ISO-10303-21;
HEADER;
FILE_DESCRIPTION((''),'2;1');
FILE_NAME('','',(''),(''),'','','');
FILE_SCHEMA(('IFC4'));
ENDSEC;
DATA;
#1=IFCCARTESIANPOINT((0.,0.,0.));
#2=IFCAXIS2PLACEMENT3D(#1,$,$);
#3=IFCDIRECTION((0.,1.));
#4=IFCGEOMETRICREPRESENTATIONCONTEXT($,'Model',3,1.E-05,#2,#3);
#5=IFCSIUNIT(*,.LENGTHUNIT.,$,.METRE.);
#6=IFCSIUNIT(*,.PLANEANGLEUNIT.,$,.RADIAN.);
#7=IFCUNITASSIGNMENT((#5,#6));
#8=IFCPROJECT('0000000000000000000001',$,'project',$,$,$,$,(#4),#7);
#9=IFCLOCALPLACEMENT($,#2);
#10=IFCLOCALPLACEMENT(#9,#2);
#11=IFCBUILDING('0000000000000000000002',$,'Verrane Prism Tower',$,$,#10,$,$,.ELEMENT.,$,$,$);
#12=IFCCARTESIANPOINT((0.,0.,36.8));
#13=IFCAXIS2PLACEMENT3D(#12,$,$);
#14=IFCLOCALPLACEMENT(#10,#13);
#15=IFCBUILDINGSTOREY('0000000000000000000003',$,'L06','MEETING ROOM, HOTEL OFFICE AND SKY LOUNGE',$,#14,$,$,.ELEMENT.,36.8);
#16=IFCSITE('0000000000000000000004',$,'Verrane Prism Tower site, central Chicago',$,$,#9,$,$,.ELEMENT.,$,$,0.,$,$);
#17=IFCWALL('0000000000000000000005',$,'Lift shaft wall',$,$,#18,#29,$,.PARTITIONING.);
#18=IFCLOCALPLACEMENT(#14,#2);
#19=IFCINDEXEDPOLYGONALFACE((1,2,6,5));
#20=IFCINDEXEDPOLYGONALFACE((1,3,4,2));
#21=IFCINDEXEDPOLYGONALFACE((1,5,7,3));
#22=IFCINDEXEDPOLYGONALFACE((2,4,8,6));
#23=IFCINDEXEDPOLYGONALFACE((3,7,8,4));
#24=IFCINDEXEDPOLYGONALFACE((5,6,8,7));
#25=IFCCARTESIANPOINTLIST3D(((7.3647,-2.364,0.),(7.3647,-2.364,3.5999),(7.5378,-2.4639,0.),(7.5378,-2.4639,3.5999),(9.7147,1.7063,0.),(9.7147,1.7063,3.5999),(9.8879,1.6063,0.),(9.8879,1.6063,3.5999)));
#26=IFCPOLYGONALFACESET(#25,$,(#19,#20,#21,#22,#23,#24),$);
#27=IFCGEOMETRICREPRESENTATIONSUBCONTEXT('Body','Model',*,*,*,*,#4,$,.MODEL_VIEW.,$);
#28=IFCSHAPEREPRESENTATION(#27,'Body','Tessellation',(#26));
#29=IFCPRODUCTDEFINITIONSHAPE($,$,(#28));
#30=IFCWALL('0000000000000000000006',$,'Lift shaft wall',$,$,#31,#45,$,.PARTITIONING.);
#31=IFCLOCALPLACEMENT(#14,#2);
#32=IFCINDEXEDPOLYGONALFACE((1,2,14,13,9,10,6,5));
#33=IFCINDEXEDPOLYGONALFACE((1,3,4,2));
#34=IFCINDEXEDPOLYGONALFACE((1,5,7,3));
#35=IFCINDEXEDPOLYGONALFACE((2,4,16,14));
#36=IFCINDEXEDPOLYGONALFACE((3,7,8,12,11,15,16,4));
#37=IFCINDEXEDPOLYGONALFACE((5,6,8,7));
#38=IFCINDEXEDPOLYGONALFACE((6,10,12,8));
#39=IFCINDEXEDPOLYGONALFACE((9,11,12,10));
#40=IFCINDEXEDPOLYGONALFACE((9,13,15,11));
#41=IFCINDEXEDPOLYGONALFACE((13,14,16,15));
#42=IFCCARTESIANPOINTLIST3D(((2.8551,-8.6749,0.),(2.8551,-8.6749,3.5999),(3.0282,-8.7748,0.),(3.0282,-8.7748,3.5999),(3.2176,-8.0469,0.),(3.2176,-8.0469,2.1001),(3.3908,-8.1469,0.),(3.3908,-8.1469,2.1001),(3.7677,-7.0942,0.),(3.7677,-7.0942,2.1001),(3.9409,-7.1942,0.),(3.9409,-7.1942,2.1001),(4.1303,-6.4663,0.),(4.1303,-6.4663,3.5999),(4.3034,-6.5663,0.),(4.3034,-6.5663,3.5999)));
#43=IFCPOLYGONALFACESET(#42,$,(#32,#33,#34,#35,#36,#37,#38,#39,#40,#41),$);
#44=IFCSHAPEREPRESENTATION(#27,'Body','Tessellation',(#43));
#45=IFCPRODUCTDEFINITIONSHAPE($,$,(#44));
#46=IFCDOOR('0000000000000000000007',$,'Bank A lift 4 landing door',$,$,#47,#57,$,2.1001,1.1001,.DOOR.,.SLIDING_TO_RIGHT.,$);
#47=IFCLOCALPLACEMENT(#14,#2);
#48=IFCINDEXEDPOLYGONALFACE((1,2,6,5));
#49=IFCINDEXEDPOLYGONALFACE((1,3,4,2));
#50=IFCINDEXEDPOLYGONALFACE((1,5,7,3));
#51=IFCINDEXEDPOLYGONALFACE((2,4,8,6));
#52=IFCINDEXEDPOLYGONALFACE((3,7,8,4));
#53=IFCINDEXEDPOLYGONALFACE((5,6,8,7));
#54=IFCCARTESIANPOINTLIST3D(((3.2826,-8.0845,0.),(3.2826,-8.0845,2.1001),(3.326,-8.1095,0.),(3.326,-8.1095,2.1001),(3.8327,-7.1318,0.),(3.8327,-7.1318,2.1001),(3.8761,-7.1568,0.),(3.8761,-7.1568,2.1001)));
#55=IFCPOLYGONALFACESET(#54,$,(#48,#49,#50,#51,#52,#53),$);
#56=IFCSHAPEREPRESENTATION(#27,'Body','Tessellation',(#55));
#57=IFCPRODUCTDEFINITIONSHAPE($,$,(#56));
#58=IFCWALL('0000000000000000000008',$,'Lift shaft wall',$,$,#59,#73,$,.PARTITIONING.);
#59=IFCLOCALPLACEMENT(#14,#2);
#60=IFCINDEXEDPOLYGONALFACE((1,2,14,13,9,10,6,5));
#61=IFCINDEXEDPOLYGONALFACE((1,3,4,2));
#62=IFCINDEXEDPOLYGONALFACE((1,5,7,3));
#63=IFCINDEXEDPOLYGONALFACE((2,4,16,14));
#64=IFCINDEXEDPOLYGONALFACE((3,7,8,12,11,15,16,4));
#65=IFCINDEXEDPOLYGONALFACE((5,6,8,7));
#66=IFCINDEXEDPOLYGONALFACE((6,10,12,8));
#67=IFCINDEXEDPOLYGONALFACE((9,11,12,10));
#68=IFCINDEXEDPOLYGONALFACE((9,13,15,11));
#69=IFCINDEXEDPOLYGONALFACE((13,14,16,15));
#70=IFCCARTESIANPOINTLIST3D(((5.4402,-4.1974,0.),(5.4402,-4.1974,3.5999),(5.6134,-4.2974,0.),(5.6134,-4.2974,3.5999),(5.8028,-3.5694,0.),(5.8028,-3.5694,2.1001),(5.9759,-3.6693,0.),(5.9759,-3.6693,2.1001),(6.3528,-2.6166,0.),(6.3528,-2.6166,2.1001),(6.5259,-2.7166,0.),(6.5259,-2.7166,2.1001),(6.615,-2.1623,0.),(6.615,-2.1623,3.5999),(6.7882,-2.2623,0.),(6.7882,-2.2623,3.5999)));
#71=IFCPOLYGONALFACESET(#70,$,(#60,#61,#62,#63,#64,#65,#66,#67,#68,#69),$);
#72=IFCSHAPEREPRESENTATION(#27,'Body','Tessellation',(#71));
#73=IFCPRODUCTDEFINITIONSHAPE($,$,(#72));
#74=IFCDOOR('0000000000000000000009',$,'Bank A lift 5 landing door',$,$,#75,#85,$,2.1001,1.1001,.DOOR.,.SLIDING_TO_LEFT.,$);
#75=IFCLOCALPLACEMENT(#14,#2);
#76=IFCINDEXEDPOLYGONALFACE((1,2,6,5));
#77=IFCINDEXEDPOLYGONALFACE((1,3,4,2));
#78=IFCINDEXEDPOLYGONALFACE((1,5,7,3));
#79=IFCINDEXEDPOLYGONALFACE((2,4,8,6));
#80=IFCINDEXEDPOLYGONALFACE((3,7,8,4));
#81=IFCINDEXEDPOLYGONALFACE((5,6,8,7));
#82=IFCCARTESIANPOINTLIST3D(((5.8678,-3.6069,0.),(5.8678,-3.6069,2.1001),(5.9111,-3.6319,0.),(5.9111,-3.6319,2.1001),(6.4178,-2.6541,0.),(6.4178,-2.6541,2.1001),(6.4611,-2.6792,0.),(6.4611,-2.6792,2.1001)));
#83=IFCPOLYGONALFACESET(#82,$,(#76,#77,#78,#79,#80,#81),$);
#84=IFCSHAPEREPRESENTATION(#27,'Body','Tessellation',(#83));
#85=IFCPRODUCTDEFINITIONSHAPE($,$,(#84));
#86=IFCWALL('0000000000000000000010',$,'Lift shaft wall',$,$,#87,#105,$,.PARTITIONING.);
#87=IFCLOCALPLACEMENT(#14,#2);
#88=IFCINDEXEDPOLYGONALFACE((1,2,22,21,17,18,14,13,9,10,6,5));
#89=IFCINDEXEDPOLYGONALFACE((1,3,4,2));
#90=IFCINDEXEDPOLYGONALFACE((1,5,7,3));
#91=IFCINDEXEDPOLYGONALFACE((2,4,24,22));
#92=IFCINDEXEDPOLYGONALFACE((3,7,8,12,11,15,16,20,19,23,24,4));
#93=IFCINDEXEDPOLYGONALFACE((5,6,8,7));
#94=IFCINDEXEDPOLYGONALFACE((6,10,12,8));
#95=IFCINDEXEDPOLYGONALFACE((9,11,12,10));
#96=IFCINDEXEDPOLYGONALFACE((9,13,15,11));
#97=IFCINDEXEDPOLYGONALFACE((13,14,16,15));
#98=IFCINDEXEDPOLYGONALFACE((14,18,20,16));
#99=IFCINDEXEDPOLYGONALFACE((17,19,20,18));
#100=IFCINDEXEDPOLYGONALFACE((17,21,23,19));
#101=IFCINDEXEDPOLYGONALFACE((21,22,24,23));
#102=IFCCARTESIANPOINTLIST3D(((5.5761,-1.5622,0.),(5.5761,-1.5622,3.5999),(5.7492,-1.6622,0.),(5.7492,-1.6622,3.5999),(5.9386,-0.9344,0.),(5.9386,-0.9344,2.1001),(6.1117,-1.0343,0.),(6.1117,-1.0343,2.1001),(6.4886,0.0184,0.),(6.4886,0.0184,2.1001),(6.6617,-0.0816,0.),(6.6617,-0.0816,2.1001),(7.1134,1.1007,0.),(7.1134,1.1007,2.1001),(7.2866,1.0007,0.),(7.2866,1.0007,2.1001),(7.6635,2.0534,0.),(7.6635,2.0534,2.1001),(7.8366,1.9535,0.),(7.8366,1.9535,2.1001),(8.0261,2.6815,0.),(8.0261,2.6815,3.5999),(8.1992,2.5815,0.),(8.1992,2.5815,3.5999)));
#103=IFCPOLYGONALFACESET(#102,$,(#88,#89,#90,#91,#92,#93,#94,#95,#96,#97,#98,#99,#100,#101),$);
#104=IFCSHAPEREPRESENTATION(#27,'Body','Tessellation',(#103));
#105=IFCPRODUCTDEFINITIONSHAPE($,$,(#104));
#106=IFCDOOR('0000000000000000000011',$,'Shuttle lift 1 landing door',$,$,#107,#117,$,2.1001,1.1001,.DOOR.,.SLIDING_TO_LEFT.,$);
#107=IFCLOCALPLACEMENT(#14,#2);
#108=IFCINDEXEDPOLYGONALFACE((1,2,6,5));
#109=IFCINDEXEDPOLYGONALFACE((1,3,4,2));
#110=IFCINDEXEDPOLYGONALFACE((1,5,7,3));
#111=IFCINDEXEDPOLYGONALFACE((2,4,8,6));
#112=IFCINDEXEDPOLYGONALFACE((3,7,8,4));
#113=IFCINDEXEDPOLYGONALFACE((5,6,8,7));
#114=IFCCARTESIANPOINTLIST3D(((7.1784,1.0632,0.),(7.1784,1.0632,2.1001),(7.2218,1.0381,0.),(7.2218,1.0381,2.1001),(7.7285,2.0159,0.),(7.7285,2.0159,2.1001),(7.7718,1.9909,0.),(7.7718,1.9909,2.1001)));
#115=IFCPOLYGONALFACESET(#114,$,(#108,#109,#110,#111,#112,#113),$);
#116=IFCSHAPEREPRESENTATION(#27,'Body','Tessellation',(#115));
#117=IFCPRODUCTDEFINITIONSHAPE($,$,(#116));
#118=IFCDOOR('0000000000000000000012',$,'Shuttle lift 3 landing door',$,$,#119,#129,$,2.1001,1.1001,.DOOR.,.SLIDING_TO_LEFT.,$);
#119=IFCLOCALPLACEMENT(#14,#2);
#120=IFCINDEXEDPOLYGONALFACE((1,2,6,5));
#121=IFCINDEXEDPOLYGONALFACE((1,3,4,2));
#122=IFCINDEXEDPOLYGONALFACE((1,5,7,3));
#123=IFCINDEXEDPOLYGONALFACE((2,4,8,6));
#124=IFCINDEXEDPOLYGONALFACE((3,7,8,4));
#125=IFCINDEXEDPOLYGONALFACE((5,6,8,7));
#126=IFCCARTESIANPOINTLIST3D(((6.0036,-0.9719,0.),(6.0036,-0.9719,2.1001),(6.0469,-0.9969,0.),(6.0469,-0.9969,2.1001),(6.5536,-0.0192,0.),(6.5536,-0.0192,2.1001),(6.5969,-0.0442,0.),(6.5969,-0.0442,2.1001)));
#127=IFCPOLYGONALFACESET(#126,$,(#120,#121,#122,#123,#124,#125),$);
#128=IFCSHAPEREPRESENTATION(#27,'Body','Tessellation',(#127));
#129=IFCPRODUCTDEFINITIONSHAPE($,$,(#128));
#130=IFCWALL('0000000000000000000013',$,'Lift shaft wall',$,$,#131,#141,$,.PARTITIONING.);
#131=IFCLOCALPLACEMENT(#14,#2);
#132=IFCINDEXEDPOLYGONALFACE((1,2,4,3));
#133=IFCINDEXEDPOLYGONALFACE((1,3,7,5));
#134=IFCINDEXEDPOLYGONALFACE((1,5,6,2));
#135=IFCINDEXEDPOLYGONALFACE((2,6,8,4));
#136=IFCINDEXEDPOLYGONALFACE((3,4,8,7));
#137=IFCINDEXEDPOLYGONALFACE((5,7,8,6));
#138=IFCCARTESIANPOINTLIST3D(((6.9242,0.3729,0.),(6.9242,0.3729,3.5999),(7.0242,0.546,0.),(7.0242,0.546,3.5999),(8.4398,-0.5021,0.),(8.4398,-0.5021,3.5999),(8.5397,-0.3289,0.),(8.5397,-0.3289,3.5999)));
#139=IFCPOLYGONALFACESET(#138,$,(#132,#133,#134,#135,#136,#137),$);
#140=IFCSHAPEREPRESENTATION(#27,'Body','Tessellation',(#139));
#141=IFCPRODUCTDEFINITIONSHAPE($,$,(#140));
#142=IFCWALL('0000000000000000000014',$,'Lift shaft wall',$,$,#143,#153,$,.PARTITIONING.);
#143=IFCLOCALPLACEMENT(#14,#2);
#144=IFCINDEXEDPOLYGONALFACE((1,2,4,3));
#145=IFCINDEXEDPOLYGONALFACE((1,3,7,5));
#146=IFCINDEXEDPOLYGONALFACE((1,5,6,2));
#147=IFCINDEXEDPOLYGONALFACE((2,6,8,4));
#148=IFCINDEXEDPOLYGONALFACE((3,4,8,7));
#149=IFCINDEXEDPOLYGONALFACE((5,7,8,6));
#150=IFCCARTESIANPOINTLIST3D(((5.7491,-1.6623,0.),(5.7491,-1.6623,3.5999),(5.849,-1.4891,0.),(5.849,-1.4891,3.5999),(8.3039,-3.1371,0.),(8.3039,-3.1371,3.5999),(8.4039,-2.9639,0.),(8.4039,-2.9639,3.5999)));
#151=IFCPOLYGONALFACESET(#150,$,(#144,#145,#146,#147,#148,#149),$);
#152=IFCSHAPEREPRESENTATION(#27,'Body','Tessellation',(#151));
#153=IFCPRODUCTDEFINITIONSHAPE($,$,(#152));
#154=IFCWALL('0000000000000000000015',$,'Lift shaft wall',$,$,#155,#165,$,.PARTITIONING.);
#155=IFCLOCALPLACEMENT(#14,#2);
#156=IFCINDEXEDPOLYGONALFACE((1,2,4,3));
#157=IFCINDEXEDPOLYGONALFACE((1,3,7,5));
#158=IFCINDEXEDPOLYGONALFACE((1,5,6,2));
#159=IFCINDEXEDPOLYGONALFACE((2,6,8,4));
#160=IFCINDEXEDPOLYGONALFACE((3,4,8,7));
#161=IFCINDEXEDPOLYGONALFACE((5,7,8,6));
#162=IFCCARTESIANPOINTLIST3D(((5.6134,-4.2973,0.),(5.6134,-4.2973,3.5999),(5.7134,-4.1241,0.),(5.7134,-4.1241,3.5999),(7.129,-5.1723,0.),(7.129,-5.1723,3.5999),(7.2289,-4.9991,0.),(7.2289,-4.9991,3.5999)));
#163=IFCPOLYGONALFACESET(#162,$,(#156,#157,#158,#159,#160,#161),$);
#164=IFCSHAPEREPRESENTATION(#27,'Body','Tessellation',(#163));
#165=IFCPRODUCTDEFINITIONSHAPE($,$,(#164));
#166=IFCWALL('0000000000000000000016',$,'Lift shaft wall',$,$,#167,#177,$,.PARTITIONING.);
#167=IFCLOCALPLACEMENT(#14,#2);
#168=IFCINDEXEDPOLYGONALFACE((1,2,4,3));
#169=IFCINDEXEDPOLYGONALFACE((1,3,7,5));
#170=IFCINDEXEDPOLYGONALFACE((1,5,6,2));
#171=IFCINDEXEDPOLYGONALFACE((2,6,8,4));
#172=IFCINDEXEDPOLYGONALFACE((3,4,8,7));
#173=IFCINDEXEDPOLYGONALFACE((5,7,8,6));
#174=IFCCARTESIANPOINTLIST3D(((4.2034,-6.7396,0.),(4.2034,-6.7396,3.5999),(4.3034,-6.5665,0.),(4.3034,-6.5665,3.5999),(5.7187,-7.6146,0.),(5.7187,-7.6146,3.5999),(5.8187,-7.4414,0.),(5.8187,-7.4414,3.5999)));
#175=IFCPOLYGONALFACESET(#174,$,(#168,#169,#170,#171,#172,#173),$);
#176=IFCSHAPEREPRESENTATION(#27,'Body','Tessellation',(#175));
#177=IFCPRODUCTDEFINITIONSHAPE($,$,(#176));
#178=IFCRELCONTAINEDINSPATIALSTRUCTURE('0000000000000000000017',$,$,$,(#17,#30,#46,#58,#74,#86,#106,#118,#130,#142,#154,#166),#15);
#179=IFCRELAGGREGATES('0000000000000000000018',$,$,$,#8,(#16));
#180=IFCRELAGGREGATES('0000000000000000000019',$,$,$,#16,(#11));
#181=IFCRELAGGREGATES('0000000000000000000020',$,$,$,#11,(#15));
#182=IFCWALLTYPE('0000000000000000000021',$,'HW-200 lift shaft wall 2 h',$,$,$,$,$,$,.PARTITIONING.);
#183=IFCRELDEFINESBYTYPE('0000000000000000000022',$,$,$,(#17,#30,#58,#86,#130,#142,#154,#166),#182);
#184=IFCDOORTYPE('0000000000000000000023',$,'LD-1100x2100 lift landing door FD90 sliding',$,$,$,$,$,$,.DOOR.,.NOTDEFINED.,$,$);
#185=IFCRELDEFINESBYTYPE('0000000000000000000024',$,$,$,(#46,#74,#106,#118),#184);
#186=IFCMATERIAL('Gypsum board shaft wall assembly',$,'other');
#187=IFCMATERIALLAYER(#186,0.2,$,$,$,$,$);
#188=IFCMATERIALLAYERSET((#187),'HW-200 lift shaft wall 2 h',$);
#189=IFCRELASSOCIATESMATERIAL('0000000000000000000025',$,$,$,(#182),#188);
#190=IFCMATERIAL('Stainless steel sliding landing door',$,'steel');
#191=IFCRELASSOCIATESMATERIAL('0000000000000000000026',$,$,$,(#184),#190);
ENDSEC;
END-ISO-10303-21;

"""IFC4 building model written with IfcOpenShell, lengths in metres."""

from ifc_helpers import new_model, si_unit, direction, frame, frame_2d, origin, place, context, subcontext, project, spatial, rectangle, extrude, material, layer, layer_set, type_object, element, fill, save


model = new_model("IFC4")

# Units and contexts
model_context = context("Model", 3, precision=1e-05, world=origin(), true_north=direction((0.0, 1.0)))
body_context = subcontext(model_context, "Body", "Model", "MODEL_VIEW")
ifc_project = project(units=[si_unit("LENGTHUNIT", "METRE"), si_unit("PLANEANGLEUNIT", "RADIAN")], contexts=[model_context])

# Site, building, storey
site_placement = place(None, origin())
site = spatial("IfcSite", under=ifc_project, at=site_placement, Name="Verrane Prism Tower site, central Chicago", CompositionType="ELEMENT", RefElevation=0.0)
building_placement = place(site_placement, origin())
building = spatial("IfcBuilding", under=site, at=building_placement, Name="Verrane Prism Tower", CompositionType="ELEMENT")
storey_placement = place(building_placement, frame((0.0, 0.0, 36.8)))
storey = spatial("IfcBuildingStorey", under=building, at=storey_placement, Name="L06", Description="MEETING ROOM, HOTEL OFFICE AND SKY LOUNGE", CompositionType="ELEMENT", Elevation=36.8)

# Wall
ifc_material_1 = material(Name="Gypsum board shaft wall assembly", Category="other")
ifc_layer_1 = layer(ifc_material_1, 0.2)
ifc_layer_set_1 = layer_set([ifc_layer_1], Name="HW-200 lift shaft wall 2 h")
wall_type_1 = type_object("IfcWallType", Name="HW-200 lift shaft wall 2 h", PredefinedType="PARTITIONING", material=ifc_layer_set_1)
wall_1_placement = place(storey_placement, frame((7.4512, -2.4141, 0.0), z_axis=(0.0, 0.0, 1.0), x_axis=(0.500016, 0.866016, 0.0)))
element("IfcWall", 1, at=wall_1_placement, inside=storey, type_object=wall_type_1, Name="Lift shaft wall", PredefinedType="PARTITIONING", context=body_context, shape_type="SweptSolid", body=[
    extrude(rectangle(XDim=4.7, YDim=0.2, at=frame_2d((2.3501, 0.0))), origin(), (0.0, 0.0, 1.0), 3.5999),
])

# Walls, openings, doors
wall_2_placement = place(storey_placement, frame((2.9417, -8.7249, 0.0), z_axis=(0.0, 0.0, 1.0), x_axis=(0.500021, 0.866013, 0.0)))
wall_2 = element("IfcWall", 2, at=wall_2_placement, inside=storey, type_object=wall_type_1, Name="Lift shaft wall", PredefinedType="PARTITIONING", context=body_context, shape_type="SweptSolid", body=[
    extrude(rectangle(XDim=2.5503, YDim=0.2, at=frame_2d((1.2751, 0.0))), origin(), (0.0, 0.0, 1.0), 3.5999),
])
opening_1_placement = place(wall_2_placement, frame((0.7251, 0.0, 0.0)))
opening_1 = element("IfcOpeningElement", 3, at=opening_1_placement, cuts=wall_2, PredefinedType="OPENING", context=body_context, shape_type="SweptSolid", body=[
    extrude(rectangle(XDim=1.1001, YDim=2.1001, at=frame_2d((0.55, 1.05))), frame((0.0, 0.1099, 0.0), z_axis=(0.0, -1.0, 0.0), x_axis=(1.0, 0.0, 0.0)), (0.0, 0.0, 1.0), 0.22),
])
ifc_material_2 = material(Name="Stainless steel sliding landing door", Category="steel")
door_type_1 = type_object("IfcDoorType", Name="LD-1100x2100 lift landing door FD90 sliding", OperationType="NOTDEFINED", PredefinedType="DOOR", material=ifc_material_2)
door_1_placement = place(opening_1_placement, origin())
door_1 = element("IfcDoor", 4, at=door_1_placement, inside=storey, type_object=door_type_1, Name="Bank A lift 4 landing door", OperationType="SLIDING_TO_RIGHT", OverallHeight=2.1001, OverallWidth=1.1001, PredefinedType="DOOR", context=body_context, shape_type="SweptSolid", body=[
    extrude(rectangle(XDim=1.1001, YDim=2.1001, at=frame_2d((0.55, 1.05))), frame((0.0, 0.0249, 0.0), z_axis=(0.0, -1.0, 0.0), x_axis=(1.0, 0.0, 0.0)), (0.0, 0.0, 1.0), 0.05),
])
fill(opening_1, door_1)
wall_3_placement = place(storey_placement, frame((5.5269, -4.2473, 0.0), z_axis=(0.0, 0.0, 1.0), x_axis=(0.499938, 0.866061, 0.0)))
wall_3 = element("IfcWall", 5, at=wall_3_placement, inside=storey, type_object=wall_type_1, Name="Lift shaft wall", PredefinedType="PARTITIONING", context=body_context, shape_type="SweptSolid", body=[
    extrude(rectangle(XDim=2.3499, YDim=0.2, at=frame_2d((1.1748, 0.0))), origin(), (0.0, 0.0, 1.0), 3.5999),
])
opening_2_placement = place(wall_3_placement, frame((0.7251, 0.0, 0.0)))
opening_2 = element("IfcOpeningElement", 6, at=opening_2_placement, cuts=wall_3, PredefinedType="OPENING", context=body_context, shape_type="SweptSolid", body=[
    extrude(rectangle(XDim=1.1001, YDim=2.1001, at=frame_2d((0.55, 1.05))), frame((0.0, 0.1099, 0.0), z_axis=(0.0, -1.0, 0.0), x_axis=(1.0, 0.0, 0.0)), (0.0, 0.0, 1.0), 0.22),
])
door_2_placement = place(opening_2_placement, origin())
door_2 = element("IfcDoor", 7, at=door_2_placement, inside=storey, type_object=door_type_1, Name="Bank A lift 5 landing door", OperationType="SLIDING_TO_LEFT", OverallHeight=2.1001, OverallWidth=1.1001, PredefinedType="DOOR", context=body_context, shape_type="SweptSolid", body=[
    extrude(rectangle(XDim=1.1001, YDim=2.1001, at=frame_2d((0.55, 1.05))), frame((0.0, 0.0249, 0.0), z_axis=(0.0, -1.0, 0.0), x_axis=(1.0, 0.0, 0.0)), (0.0, 0.0, 1.0), 0.05),
])
fill(opening_2, door_2)

# Wall, openings, doors
wall_4_placement = place(storey_placement, frame((5.6626, -1.6123, 0.0), z_axis=(0.0, 0.0, 1.0), x_axis=(0.499981, 0.866036, 0.0)))
wall_4 = element("IfcWall", 8, at=wall_4_placement, inside=storey, type_object=wall_type_1, Name="Lift shaft wall", PredefinedType="PARTITIONING", context=body_context, shape_type="SweptSolid", body=[
    extrude(rectangle(XDim=4.9001, YDim=0.2, at=frame_2d((2.4502, 0.0))), origin(), (0.0, 0.0, 1.0), 3.5999),
])
opening_3_placement = place(wall_4_placement, frame((3.075, 0.0, 0.0)))
opening_3 = element("IfcOpeningElement", 9, at=opening_3_placement, cuts=wall_4, PredefinedType="OPENING", context=body_context, shape_type="SweptSolid", body=[
    extrude(rectangle(XDim=1.1001, YDim=2.1001, at=frame_2d((0.55, 1.05))), frame((0.0, 0.1099, 0.0), z_axis=(0.0, -1.0, 0.0), x_axis=(1.0, 0.0, 0.0)), (0.0, 0.0, 1.0), 0.22),
])
opening_4_placement = place(wall_4_placement, frame((0.7251, 0.0, 0.0)))
opening_4 = element("IfcOpeningElement", 10, at=opening_4_placement, cuts=wall_4, PredefinedType="OPENING", context=body_context, shape_type="SweptSolid", body=[
    extrude(rectangle(XDim=1.1001, YDim=2.1001, at=frame_2d((0.55, 1.05))), frame((0.0, 0.1099, 0.0), z_axis=(0.0, -1.0, 0.0), x_axis=(1.0, 0.0, 0.0)), (0.0, 0.0, 1.0), 0.22),
])
door_3_placement = place(opening_3_placement, origin())
door_3 = element("IfcDoor", 11, at=door_3_placement, inside=storey, type_object=door_type_1, Name="Shuttle lift 1 landing door", OperationType="SLIDING_TO_LEFT", OverallHeight=2.1001, OverallWidth=1.1001, PredefinedType="DOOR", context=body_context, shape_type="SweptSolid", body=[
    extrude(rectangle(XDim=1.1001, YDim=2.1001, at=frame_2d((0.55, 1.05))), frame((0.0, 0.0249, 0.0), z_axis=(0.0, -1.0, 0.0), x_axis=(1.0, 0.0, 0.0)), (0.0, 0.0, 1.0), 0.05),
])
fill(opening_3, door_3)
door_4_placement = place(opening_4_placement, origin())
door_4 = element("IfcDoor", 12, at=door_4_placement, inside=storey, type_object=door_type_1, Name="Shuttle lift 3 landing door", OperationType="SLIDING_TO_LEFT", OverallHeight=2.1001, OverallWidth=1.1001, PredefinedType="DOOR", context=body_context, shape_type="SweptSolid", body=[
    extrude(rectangle(XDim=1.1001, YDim=2.1001, at=frame_2d((0.55, 1.05))), frame((0.0, 0.0249, 0.0), z_axis=(0.0, -1.0, 0.0), x_axis=(1.0, 0.0, 0.0)), (0.0, 0.0, 1.0), 0.05),
])
fill(opening_4, door_4)

# Walls
wall_5_placement = place(storey_placement, frame((8.4897, -0.4155, 0.0), z_axis=(0.0, 0.0, 1.0), x_axis=(-0.866037, 0.49998, 0.0)))
element("IfcWall", 13, at=wall_5_placement, inside=storey, type_object=wall_type_1, Name="Lift shaft wall", PredefinedType="PARTITIONING", context=body_context, shape_type="SweptSolid", body=[
    extrude(rectangle(XDim=1.75, YDim=0.2, at=frame_2d((0.875, 0.0))), origin(), (0.0, 0.0, 1.0), 3.5999),
])
wall_6_placement = place(storey_placement, frame((8.354, -3.0505, 0.0), z_axis=(0.0, 0.0, 1.0), x_axis=(-0.86606, 0.49994, 0.0)))
element("IfcWall", 14, at=wall_6_placement, inside=storey, type_object=wall_type_1, Name="Lift shaft wall", PredefinedType="PARTITIONING", context=body_context, shape_type="SweptSolid", body=[
    extrude(rectangle(XDim=2.95, YDim=0.2, at=frame_2d((1.4751, 0.0))), origin(), (0.0, 0.0, 1.0), 3.5999),
])
wall_7_placement = place(storey_placement, frame((7.179, -5.0857, 0.0), z_axis=(0.0, 0.0, 1.0), x_axis=(-0.866037, 0.49998, 0.0)))
element("IfcWall", 15, at=wall_7_placement, inside=storey, type_object=wall_type_1, Name="Lift shaft wall", PredefinedType="PARTITIONING", context=body_context, shape_type="SweptSolid", body=[
    extrude(rectangle(XDim=1.75, YDim=0.2, at=frame_2d((0.875, 0.0))), origin(), (0.0, 0.0, 1.0), 3.5999),
])
wall_8_placement = place(storey_placement, frame((5.7688, -7.5281, 0.0), z_axis=(0.0, 0.0, 1.0), x_axis=(-0.866002, 0.50004, 0.0)))
element("IfcWall", 16, at=wall_8_placement, inside=storey, type_object=wall_type_1, Name="Lift shaft wall", PredefinedType="PARTITIONING", context=body_context, shape_type="SweptSolid", body=[
    extrude(rectangle(XDim=1.7498, YDim=0.2, at=frame_2d((0.875, 0.0))), origin(), (0.0, 0.0, 1.0), 3.5999),
])

save(model, "model.ifc")
